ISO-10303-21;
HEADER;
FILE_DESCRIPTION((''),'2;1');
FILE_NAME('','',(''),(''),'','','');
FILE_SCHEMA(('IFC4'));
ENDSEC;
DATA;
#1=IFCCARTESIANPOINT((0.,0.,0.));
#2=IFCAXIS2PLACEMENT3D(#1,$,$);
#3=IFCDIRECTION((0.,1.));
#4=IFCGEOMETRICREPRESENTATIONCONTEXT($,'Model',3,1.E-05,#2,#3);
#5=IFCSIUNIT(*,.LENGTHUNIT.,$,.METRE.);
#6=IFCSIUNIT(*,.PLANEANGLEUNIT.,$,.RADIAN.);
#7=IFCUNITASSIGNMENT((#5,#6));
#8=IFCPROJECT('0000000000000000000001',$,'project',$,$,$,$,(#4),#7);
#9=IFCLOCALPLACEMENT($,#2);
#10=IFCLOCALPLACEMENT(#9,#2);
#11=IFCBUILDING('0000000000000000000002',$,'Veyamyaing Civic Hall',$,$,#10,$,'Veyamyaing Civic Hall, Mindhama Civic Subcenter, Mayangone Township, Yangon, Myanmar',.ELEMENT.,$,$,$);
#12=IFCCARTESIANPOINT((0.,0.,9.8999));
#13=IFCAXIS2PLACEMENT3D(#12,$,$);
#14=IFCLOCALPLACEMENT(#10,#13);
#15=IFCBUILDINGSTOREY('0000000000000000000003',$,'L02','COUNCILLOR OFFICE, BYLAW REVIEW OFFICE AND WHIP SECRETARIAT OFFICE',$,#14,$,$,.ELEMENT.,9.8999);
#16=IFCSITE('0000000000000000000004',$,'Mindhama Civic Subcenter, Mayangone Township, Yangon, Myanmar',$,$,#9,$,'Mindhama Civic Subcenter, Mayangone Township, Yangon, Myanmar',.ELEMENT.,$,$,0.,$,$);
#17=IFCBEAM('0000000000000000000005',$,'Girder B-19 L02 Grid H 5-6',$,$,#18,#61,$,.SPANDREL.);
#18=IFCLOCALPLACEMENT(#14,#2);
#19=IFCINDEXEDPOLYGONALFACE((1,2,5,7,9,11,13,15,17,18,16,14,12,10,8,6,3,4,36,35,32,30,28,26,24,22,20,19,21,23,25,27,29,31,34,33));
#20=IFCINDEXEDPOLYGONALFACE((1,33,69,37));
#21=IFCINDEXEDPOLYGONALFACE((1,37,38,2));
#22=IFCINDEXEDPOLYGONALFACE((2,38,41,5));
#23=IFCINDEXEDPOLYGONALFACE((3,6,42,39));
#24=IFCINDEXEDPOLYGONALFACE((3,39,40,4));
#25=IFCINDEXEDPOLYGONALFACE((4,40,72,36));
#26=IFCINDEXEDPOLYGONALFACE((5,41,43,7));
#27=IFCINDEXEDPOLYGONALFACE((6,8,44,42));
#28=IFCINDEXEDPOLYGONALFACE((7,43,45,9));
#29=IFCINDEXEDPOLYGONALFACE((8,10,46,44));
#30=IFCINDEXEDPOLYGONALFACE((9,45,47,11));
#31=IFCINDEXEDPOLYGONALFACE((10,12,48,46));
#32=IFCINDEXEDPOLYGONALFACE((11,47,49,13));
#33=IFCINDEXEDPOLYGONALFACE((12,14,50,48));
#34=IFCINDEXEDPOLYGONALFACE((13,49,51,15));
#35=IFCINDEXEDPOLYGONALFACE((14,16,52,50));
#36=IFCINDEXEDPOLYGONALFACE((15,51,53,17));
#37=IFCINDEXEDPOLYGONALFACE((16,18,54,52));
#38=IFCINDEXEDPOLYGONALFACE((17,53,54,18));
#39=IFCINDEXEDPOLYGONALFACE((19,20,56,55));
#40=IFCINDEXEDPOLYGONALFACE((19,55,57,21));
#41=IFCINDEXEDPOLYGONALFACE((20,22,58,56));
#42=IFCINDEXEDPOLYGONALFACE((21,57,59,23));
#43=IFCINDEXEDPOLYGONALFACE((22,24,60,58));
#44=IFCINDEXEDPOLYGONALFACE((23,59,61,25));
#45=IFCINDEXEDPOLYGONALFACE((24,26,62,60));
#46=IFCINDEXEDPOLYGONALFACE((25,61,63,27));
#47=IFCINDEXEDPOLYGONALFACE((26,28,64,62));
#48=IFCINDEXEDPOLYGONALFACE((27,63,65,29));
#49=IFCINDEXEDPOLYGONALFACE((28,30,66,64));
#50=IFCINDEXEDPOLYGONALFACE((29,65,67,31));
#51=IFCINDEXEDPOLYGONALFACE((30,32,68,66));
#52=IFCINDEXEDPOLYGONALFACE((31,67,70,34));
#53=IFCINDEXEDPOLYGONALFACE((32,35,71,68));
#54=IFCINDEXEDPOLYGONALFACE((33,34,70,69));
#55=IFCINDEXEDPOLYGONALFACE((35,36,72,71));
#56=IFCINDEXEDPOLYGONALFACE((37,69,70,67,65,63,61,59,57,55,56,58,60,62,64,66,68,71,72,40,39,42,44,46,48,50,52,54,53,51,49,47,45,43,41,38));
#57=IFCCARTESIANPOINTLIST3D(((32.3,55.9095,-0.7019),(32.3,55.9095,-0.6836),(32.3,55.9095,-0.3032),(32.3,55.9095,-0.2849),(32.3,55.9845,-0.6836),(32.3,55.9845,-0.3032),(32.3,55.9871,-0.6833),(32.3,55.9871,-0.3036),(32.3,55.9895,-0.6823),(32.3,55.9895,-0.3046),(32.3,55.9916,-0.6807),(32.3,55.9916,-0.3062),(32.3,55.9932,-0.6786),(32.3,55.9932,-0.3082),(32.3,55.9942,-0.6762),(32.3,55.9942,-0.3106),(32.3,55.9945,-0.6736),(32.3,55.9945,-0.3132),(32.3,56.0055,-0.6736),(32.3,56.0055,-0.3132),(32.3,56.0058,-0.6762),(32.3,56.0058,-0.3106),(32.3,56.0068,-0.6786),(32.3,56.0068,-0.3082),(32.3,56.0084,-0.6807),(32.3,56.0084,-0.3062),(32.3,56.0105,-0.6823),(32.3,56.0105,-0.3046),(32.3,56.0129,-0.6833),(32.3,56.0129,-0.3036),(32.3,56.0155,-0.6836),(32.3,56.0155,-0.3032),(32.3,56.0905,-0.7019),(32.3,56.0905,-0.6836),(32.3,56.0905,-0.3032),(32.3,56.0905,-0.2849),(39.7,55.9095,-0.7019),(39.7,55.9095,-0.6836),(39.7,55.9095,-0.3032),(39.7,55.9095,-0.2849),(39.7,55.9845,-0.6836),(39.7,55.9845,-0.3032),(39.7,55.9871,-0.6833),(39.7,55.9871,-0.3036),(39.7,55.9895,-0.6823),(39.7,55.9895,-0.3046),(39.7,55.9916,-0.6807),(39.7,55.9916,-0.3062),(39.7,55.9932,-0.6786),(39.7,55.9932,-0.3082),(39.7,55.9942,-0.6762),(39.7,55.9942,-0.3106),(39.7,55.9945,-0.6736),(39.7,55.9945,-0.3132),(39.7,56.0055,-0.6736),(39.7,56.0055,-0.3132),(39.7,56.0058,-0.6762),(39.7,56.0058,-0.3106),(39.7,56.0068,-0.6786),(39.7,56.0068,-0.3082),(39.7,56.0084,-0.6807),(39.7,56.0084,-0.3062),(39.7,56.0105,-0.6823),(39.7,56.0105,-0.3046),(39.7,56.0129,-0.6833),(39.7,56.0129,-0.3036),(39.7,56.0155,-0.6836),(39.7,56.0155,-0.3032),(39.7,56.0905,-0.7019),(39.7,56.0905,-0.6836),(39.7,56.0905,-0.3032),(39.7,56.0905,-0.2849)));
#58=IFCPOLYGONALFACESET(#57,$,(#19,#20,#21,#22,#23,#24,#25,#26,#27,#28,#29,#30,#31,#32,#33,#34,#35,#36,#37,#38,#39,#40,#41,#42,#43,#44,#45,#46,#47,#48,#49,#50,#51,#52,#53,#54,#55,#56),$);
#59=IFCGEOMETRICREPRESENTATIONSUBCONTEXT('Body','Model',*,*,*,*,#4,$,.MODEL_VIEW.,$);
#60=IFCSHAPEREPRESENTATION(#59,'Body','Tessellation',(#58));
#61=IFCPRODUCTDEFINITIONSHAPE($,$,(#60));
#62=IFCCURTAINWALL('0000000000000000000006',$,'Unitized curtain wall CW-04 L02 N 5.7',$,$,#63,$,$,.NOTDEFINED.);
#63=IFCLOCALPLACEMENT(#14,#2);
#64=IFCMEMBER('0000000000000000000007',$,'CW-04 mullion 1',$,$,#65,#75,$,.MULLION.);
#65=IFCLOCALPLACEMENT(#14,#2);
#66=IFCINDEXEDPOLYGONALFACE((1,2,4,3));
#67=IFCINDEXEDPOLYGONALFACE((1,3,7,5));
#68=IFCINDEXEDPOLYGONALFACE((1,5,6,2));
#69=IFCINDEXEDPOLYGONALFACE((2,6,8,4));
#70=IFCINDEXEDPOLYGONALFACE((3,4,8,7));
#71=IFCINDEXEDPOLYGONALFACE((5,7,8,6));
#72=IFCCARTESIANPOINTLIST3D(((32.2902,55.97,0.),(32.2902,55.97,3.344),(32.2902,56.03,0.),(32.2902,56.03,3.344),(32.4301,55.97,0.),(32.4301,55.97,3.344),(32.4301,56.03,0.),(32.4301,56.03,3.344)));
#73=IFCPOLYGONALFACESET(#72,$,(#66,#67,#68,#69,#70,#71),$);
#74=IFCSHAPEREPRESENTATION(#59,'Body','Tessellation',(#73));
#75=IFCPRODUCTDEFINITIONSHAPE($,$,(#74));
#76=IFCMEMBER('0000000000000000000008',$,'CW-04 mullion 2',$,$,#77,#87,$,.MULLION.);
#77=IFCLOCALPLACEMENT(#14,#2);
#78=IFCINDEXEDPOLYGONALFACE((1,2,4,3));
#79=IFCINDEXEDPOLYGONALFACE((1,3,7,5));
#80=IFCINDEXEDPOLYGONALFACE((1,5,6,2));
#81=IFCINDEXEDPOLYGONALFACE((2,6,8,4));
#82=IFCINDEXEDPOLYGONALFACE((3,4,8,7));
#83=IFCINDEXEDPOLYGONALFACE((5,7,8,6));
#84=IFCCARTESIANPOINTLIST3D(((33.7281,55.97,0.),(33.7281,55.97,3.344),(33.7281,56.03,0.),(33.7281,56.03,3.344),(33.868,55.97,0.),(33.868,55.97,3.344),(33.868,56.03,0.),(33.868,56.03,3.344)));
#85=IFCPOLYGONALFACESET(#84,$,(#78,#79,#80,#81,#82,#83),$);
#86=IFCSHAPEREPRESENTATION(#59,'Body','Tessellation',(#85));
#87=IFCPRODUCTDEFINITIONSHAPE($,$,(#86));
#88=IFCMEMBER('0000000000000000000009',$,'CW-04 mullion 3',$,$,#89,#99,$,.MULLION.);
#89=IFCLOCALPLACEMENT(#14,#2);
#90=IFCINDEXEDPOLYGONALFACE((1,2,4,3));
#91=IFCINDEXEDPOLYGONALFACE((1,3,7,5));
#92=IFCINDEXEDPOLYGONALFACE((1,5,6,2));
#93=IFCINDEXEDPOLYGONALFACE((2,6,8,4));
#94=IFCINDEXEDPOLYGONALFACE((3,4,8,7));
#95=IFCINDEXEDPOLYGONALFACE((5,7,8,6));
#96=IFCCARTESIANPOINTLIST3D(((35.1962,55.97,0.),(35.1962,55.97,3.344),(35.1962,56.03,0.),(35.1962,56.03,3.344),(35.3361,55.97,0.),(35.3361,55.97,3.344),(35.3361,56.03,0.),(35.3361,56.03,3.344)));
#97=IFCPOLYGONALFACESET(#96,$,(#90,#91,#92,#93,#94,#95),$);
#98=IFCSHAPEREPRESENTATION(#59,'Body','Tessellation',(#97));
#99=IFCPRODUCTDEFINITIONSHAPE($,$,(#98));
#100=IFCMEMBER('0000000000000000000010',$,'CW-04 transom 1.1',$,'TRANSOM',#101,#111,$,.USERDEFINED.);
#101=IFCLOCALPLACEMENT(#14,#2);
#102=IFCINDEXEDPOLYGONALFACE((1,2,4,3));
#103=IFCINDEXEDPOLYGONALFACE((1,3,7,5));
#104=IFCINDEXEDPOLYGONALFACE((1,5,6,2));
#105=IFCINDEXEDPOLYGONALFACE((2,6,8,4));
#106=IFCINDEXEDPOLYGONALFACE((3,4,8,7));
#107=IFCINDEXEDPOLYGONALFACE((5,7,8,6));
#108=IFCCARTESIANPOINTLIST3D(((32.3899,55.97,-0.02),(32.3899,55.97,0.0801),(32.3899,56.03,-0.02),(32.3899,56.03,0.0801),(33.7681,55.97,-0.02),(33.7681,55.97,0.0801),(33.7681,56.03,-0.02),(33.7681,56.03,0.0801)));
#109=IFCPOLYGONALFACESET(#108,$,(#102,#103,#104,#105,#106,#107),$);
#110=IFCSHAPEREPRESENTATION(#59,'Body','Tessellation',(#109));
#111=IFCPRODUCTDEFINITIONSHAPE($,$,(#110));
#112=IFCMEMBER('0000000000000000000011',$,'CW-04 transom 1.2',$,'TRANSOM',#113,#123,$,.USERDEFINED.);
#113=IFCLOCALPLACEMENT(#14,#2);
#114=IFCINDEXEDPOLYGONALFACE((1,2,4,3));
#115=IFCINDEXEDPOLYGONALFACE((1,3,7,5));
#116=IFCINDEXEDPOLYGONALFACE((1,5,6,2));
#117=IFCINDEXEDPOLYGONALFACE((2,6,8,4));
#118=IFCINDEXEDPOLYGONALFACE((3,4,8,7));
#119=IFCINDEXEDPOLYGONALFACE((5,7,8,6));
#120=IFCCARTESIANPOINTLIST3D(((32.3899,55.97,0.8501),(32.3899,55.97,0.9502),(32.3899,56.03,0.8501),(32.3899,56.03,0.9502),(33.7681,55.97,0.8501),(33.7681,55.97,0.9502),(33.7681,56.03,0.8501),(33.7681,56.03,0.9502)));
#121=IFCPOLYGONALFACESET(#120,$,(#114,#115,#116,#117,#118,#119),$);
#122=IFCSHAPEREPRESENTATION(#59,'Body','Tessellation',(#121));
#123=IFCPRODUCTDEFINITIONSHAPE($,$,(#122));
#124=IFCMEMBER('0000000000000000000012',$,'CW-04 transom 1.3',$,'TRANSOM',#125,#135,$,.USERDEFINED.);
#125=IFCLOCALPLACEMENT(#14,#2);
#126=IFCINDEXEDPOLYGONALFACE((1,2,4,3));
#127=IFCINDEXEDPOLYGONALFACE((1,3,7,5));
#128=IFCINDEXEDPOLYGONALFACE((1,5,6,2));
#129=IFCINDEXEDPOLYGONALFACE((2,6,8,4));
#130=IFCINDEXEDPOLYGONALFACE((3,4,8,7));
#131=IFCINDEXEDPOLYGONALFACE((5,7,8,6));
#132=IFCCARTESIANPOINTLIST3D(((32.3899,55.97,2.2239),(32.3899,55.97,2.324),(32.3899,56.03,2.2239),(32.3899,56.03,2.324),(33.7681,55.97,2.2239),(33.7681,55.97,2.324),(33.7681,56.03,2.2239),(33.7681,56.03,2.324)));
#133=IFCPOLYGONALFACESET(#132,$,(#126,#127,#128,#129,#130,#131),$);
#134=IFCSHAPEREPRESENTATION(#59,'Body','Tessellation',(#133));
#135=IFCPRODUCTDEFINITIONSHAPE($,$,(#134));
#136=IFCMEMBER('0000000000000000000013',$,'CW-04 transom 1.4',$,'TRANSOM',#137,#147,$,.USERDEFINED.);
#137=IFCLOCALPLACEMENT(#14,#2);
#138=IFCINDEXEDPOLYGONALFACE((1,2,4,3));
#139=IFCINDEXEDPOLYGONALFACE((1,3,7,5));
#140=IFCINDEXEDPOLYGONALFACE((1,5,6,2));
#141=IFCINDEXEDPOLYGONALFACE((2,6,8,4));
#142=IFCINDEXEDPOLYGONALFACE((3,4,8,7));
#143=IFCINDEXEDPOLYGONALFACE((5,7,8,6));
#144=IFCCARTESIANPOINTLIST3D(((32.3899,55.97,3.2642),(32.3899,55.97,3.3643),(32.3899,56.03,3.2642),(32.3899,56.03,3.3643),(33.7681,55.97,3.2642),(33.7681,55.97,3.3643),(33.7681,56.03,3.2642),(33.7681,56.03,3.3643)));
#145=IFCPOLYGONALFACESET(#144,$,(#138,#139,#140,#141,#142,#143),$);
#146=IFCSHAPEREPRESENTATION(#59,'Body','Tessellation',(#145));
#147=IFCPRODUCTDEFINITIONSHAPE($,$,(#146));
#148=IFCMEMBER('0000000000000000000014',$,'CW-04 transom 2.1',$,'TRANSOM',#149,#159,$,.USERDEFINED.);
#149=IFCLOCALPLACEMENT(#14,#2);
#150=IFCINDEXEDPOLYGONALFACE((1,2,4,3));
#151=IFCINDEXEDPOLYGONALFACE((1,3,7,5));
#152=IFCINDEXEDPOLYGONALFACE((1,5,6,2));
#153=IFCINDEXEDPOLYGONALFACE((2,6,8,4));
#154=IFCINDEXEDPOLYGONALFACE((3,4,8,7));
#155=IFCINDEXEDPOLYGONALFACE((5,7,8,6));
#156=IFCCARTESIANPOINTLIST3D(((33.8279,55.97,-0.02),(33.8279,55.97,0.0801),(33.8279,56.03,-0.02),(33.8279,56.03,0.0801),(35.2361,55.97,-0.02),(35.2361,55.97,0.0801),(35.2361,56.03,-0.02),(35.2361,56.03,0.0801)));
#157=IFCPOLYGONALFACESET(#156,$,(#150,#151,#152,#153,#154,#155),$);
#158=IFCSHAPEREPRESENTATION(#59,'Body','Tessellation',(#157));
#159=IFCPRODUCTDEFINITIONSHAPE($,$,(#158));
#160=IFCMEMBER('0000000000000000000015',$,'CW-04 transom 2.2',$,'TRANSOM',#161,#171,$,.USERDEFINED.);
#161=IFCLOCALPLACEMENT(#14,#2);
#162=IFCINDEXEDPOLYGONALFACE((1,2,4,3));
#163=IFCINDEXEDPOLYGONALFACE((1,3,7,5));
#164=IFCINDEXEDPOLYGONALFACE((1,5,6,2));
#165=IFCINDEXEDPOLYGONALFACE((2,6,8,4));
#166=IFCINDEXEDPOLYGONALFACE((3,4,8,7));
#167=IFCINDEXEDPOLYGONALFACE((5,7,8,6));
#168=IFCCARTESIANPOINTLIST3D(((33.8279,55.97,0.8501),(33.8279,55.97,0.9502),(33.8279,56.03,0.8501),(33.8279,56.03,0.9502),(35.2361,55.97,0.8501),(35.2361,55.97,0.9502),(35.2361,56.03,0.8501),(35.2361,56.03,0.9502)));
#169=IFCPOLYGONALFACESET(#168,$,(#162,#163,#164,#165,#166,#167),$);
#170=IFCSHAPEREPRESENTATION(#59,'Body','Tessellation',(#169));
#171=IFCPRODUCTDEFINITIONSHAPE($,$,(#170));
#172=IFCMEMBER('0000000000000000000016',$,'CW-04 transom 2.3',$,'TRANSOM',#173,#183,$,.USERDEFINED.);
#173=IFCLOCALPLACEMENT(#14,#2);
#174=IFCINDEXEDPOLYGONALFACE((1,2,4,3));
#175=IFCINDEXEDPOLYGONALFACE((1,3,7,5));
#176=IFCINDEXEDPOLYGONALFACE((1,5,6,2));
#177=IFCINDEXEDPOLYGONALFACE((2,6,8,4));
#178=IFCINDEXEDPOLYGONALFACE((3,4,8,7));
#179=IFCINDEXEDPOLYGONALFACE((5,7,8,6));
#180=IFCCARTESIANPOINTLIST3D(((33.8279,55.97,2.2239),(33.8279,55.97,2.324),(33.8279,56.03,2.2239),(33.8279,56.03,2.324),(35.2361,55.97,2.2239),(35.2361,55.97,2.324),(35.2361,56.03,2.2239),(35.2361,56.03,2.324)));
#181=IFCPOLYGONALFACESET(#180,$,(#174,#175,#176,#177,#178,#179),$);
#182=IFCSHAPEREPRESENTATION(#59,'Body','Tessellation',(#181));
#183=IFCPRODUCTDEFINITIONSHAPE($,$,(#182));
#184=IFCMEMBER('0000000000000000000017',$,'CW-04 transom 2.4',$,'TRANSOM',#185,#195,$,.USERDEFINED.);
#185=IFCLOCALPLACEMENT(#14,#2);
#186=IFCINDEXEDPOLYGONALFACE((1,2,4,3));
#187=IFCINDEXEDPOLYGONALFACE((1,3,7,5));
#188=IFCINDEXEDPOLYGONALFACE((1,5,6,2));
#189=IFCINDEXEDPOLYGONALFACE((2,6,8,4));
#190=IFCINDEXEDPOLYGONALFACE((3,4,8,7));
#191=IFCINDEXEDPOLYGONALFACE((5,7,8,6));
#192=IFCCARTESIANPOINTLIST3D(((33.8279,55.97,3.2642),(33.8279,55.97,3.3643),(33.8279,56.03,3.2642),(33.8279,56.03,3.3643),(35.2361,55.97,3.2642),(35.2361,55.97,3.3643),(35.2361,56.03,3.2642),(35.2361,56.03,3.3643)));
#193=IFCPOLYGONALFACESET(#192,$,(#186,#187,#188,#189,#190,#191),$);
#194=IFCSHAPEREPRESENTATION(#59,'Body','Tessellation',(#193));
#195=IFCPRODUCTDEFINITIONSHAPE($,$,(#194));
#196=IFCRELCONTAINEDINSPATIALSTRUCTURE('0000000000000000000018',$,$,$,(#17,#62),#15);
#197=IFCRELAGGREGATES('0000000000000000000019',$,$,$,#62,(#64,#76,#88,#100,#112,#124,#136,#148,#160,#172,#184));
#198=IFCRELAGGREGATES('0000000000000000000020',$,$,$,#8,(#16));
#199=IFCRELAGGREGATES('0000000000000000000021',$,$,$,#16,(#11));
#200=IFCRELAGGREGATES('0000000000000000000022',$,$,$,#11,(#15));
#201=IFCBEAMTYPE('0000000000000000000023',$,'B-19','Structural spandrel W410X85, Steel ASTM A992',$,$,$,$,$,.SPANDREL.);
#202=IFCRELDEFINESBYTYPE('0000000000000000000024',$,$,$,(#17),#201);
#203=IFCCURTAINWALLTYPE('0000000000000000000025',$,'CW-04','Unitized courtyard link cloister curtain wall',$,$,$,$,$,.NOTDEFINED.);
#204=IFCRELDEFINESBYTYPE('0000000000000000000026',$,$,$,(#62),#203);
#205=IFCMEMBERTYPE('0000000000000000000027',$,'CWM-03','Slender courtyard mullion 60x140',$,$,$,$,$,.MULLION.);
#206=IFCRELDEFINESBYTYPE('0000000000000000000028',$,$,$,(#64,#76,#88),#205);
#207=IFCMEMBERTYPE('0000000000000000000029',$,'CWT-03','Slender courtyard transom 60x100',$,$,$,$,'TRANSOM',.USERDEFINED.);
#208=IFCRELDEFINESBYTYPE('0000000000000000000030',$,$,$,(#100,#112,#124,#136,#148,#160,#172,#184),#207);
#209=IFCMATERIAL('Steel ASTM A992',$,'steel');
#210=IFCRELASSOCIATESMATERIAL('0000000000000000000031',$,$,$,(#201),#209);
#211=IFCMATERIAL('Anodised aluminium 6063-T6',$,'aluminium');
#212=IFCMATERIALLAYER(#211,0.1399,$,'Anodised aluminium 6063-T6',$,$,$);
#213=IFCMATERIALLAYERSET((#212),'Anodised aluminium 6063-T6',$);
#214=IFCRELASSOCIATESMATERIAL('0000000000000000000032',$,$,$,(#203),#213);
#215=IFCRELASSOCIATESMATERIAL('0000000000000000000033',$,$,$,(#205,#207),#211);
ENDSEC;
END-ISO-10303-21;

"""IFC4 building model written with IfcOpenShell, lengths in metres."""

from ifc_helpers import new_model, si_unit, direction, frame, origin, origin_2d, place, context, subcontext, project, spatial, rectangle, i_section, extrude, material, layer, layer_set, material_profile, profile_set, type_object, element, aggregate, save


model = new_model("IFC4")

# Units and contexts
model_context = context("Model", 3, precision=1e-05, world=origin(), true_north=direction((0.0, 1.0)))
body_context = subcontext(model_context, "Body", "Model", "MODEL_VIEW")
ifc_project = project(units=[si_unit("LENGTHUNIT", "METRE"), si_unit("PLANEANGLEUNIT", "RADIAN")], contexts=[model_context])

# Site, building, storey
site_placement = place(None, origin())
site = spatial("IfcSite", under=ifc_project, at=site_placement, Name="Mindhama Civic Subcenter, Mayangone Township, Yangon, Myanmar", LongName="Mindhama Civic Subcenter, Mayangone Township, Yangon, Myanmar", CompositionType="ELEMENT", RefElevation=0.0)
building_placement = place(site_placement, origin())
building = spatial("IfcBuilding", under=site, at=building_placement, Name="Veyamyaing Civic Hall", LongName="Veyamyaing Civic Hall, Mindhama Civic Subcenter, Mayangone Township, Yangon, Myanmar", CompositionType="ELEMENT")
storey_placement = place(building_placement, frame((0.0, 0.0, 9.8999)))
storey = spatial("IfcBuildingStorey", under=building, at=storey_placement, Name="L02", Description="COUNCILLOR OFFICE, BYLAW REVIEW OFFICE AND WHIP SECRETARIAT OFFICE", CompositionType="ELEMENT", Elevation=9.8999)

# Beam
ifc_material_1 = material(Name="Steel ASTM A992", Category="steel")
ifc_material_profile_1 = material_profile(ifc_material_1, i_section(OverallWidth=0.1809, OverallDepth=0.417, WebThickness=0.011, FlangeThickness=0.0183, FilletRadius=0.01, at=origin_2d()), Name="W410X85")
ifc_profile_set_1 = profile_set([ifc_material_profile_1], Name="Steel ASTM A992")
beam_type_1 = type_object("IfcBeamType", Name="B-19", Description="Structural spandrel W410X85, Steel ASTM A992", PredefinedType="SPANDREL", material=ifc_profile_set_1)
beam_1_placement = place(storey_placement, frame((32.3, 56.0, -0.4934), z_axis=(1.0, 0.0, 0.0), x_axis=(0.0, 1.0, 0.0)))
element("IfcBeam", 1, at=beam_1_placement, inside=storey, type_object=beam_type_1, Name="Girder B-19 L02 Grid H 5-6", PredefinedType="SPANDREL", context=body_context, shape_type="SweptSolid", body=[
    extrude(i_section(OverallWidth=0.1809, OverallDepth=0.417, WebThickness=0.011, FlangeThickness=0.0183, FilletRadius=0.01, at=origin_2d()), origin(), (0.0, 0.0, 1.0), 7.3999),
])

# Curtain wall, members
ifc_material_2 = material(Name="Anodised aluminium 6063-T6", Category="aluminium")
ifc_layer_1 = layer(ifc_material_2, 0.1399, Name="Anodised aluminium 6063-T6")
ifc_layer_set_1 = layer_set([ifc_layer_1], Name="Anodised aluminium 6063-T6")
curtain_wall_type = type_object("IfcCurtainWallType", Name="CW-04", Description="Unitized courtyard link cloister curtain wall", PredefinedType="NOTDEFINED", material=ifc_layer_set_1)
curtain_wall_placement = place(storey_placement, origin())
curtain_wall = element("IfcCurtainWall", 2, at=curtain_wall_placement, inside=storey, type_object=curtain_wall_type, Name="Unitized curtain wall CW-04 L02 N 5.7", PredefinedType="NOTDEFINED")
ifc_material_profile_2 = material_profile(ifc_material_2, rectangle(XDim=0.0601, YDim=0.1399, at=origin_2d()), Name="ALU-MUL-60X140")
ifc_profile_set_2 = profile_set([ifc_material_profile_2], Name="Anodised aluminium 6063-T6")
member_type_1 = type_object("IfcMemberType", Name="CWM-03", Description="Slender courtyard mullion 60x140", PredefinedType="MULLION", material=ifc_profile_set_2)
member_1_placement = place(storey_placement, frame((32.3601, 56.0, 0.0), z_axis=(0.0, 0.0, 1.0), x_axis=(0.0, 1.0, 0.0)))
member_1 = element("IfcMember", 3, at=member_1_placement, type_object=member_type_1, Name="CW-04 mullion 1", PredefinedType="MULLION", context=body_context, shape_type="SweptSolid", body=[
    extrude(rectangle(XDim=0.0601, YDim=0.1399, at=origin_2d()), origin(), (0.0, 0.0, 1.0), 3.344),
])
member_2_placement = place(storey_placement, frame((33.7981, 56.0, 0.0), z_axis=(0.0, 0.0, 1.0), x_axis=(0.0, 1.0, 0.0)))
member_2 = element("IfcMember", 4, at=member_2_placement, type_object=member_type_1, Name="CW-04 mullion 2", PredefinedType="MULLION", context=body_context, shape_type="SweptSolid", body=[
    extrude(rectangle(XDim=0.0601, YDim=0.1399, at=origin_2d()), origin(), (0.0, 0.0, 1.0), 3.344),
])
member_3_placement = place(storey_placement, frame((35.2661, 56.0, 0.0), z_axis=(0.0, 0.0, 1.0), x_axis=(0.0, 1.0, 0.0)))
member_3 = element("IfcMember", 5, at=member_3_placement, type_object=member_type_1, Name="CW-04 mullion 3", PredefinedType="MULLION", context=body_context, shape_type="SweptSolid", body=[
    extrude(rectangle(XDim=0.0601, YDim=0.1399, at=origin_2d()), origin(), (0.0, 0.0, 1.0), 3.344),
])
ifc_material_profile_3 = material_profile(ifc_material_2, rectangle(XDim=0.0601, YDim=0.1001, at=origin_2d()), Name="ALU-TRN-60X100")
ifc_profile_set_3 = profile_set([ifc_material_profile_3], Name="Anodised aluminium 6063-T6")
member_type_2 = type_object("IfcMemberType", Name="CWT-03", Description="Slender courtyard transom 60x100", ElementType="TRANSOM", PredefinedType="USERDEFINED", material=ifc_profile_set_3)
member_4_placement = place(storey_placement, frame((32.3899, 56.0, 0.03), z_axis=(1.0, 0.0, 0.0), x_axis=(0.0, 1.0, 0.0)))
member_4 = element("IfcMember", 6, at=member_4_placement, type_object=member_type_2, Name="CW-04 transom 1.1", ObjectType="TRANSOM", PredefinedType="USERDEFINED", context=body_context, shape_type="SweptSolid", body=[
    extrude(rectangle(XDim=0.0601, YDim=0.1001, at=origin_2d()), origin(), (0.0, 0.0, 1.0), 1.3782),
])
member_5_placement = place(storey_placement, frame((32.3899, 56.0, 0.9001), z_axis=(1.0, 0.0, 0.0), x_axis=(0.0, 1.0, 0.0)))
member_5 = element("IfcMember", 7, at=member_5_placement, type_object=member_type_2, Name="CW-04 transom 1.2", ObjectType="TRANSOM", PredefinedType="USERDEFINED", context=body_context, shape_type="SweptSolid", body=[
    extrude(rectangle(XDim=0.0601, YDim=0.1001, at=origin_2d()), origin(), (0.0, 0.0, 1.0), 1.3782),
])
member_6_placement = place(storey_placement, frame((32.3899, 56.0, 2.2739), z_axis=(1.0, 0.0, 0.0), x_axis=(0.0, 1.0, 0.0)))
member_6 = element("IfcMember", 8, at=member_6_placement, type_object=member_type_2, Name="CW-04 transom 1.3", ObjectType="TRANSOM", PredefinedType="USERDEFINED", context=body_context, shape_type="SweptSolid", body=[
    extrude(rectangle(XDim=0.0601, YDim=0.1001, at=origin_2d()), origin(), (0.0, 0.0, 1.0), 1.3782),
])
member_7_placement = place(storey_placement, frame((32.3899, 56.0, 3.3142), z_axis=(1.0, 0.0, 0.0), x_axis=(0.0, 1.0, 0.0)))
member_7 = element("IfcMember", 9, at=member_7_placement, type_object=member_type_2, Name="CW-04 transom 1.4", ObjectType="TRANSOM", PredefinedType="USERDEFINED", context=body_context, shape_type="SweptSolid", body=[
    extrude(rectangle(XDim=0.0601, YDim=0.1001, at=origin_2d()), origin(), (0.0, 0.0, 1.0), 1.3782),
])
member_8_placement = place(storey_placement, frame((33.8279, 56.0, 0.03), z_axis=(1.0, 0.0, 0.0), x_axis=(0.0, 1.0, 0.0)))
member_8 = element("IfcMember", 10, at=member_8_placement, type_object=member_type_2, Name="CW-04 transom 2.1", ObjectType="TRANSOM", PredefinedType="USERDEFINED", context=body_context, shape_type="SweptSolid", body=[
    extrude(rectangle(XDim=0.0601, YDim=0.1001, at=origin_2d()), origin(), (0.0, 0.0, 1.0), 1.4082),
])
member_9_placement = place(storey_placement, frame((33.8279, 56.0, 0.9001), z_axis=(1.0, 0.0, 0.0), x_axis=(0.0, 1.0, 0.0)))
member_9 = element("IfcMember", 11, at=member_9_placement, type_object=member_type_2, Name="CW-04 transom 2.2", ObjectType="TRANSOM", PredefinedType="USERDEFINED", context=body_context, shape_type="SweptSolid", body=[
    extrude(rectangle(XDim=0.0601, YDim=0.1001, at=origin_2d()), origin(), (0.0, 0.0, 1.0), 1.4082),
])
member_10_placement = place(storey_placement, frame((33.8279, 56.0, 2.2739), z_axis=(1.0, 0.0, 0.0), x_axis=(0.0, 1.0, 0.0)))
member_10 = element("IfcMember", 12, at=member_10_placement, type_object=member_type_2, Name="CW-04 transom 2.3", ObjectType="TRANSOM", PredefinedType="USERDEFINED", context=body_context, shape_type="SweptSolid", body=[
    extrude(rectangle(XDim=0.0601, YDim=0.1001, at=origin_2d()), origin(), (0.0, 0.0, 1.0), 1.4082),
])
member_11_placement = place(storey_placement, frame((33.8279, 56.0, 3.3142), z_axis=(1.0, 0.0, 0.0), x_axis=(0.0, 1.0, 0.0)))
member_11 = element("IfcMember", 13, at=member_11_placement, type_object=member_type_2, Name="CW-04 transom 2.4", ObjectType="TRANSOM", PredefinedType="USERDEFINED", context=body_context, shape_type="SweptSolid", body=[
    extrude(rectangle(XDim=0.0601, YDim=0.1001, at=origin_2d()), origin(), (0.0, 0.0, 1.0), 1.4082),
])

aggregate(curtain_wall, [member_1, member_2, member_3, member_4, member_5, member_6, member_7, member_8, member_9, member_10, member_11])

save(model, "model.ifc")
